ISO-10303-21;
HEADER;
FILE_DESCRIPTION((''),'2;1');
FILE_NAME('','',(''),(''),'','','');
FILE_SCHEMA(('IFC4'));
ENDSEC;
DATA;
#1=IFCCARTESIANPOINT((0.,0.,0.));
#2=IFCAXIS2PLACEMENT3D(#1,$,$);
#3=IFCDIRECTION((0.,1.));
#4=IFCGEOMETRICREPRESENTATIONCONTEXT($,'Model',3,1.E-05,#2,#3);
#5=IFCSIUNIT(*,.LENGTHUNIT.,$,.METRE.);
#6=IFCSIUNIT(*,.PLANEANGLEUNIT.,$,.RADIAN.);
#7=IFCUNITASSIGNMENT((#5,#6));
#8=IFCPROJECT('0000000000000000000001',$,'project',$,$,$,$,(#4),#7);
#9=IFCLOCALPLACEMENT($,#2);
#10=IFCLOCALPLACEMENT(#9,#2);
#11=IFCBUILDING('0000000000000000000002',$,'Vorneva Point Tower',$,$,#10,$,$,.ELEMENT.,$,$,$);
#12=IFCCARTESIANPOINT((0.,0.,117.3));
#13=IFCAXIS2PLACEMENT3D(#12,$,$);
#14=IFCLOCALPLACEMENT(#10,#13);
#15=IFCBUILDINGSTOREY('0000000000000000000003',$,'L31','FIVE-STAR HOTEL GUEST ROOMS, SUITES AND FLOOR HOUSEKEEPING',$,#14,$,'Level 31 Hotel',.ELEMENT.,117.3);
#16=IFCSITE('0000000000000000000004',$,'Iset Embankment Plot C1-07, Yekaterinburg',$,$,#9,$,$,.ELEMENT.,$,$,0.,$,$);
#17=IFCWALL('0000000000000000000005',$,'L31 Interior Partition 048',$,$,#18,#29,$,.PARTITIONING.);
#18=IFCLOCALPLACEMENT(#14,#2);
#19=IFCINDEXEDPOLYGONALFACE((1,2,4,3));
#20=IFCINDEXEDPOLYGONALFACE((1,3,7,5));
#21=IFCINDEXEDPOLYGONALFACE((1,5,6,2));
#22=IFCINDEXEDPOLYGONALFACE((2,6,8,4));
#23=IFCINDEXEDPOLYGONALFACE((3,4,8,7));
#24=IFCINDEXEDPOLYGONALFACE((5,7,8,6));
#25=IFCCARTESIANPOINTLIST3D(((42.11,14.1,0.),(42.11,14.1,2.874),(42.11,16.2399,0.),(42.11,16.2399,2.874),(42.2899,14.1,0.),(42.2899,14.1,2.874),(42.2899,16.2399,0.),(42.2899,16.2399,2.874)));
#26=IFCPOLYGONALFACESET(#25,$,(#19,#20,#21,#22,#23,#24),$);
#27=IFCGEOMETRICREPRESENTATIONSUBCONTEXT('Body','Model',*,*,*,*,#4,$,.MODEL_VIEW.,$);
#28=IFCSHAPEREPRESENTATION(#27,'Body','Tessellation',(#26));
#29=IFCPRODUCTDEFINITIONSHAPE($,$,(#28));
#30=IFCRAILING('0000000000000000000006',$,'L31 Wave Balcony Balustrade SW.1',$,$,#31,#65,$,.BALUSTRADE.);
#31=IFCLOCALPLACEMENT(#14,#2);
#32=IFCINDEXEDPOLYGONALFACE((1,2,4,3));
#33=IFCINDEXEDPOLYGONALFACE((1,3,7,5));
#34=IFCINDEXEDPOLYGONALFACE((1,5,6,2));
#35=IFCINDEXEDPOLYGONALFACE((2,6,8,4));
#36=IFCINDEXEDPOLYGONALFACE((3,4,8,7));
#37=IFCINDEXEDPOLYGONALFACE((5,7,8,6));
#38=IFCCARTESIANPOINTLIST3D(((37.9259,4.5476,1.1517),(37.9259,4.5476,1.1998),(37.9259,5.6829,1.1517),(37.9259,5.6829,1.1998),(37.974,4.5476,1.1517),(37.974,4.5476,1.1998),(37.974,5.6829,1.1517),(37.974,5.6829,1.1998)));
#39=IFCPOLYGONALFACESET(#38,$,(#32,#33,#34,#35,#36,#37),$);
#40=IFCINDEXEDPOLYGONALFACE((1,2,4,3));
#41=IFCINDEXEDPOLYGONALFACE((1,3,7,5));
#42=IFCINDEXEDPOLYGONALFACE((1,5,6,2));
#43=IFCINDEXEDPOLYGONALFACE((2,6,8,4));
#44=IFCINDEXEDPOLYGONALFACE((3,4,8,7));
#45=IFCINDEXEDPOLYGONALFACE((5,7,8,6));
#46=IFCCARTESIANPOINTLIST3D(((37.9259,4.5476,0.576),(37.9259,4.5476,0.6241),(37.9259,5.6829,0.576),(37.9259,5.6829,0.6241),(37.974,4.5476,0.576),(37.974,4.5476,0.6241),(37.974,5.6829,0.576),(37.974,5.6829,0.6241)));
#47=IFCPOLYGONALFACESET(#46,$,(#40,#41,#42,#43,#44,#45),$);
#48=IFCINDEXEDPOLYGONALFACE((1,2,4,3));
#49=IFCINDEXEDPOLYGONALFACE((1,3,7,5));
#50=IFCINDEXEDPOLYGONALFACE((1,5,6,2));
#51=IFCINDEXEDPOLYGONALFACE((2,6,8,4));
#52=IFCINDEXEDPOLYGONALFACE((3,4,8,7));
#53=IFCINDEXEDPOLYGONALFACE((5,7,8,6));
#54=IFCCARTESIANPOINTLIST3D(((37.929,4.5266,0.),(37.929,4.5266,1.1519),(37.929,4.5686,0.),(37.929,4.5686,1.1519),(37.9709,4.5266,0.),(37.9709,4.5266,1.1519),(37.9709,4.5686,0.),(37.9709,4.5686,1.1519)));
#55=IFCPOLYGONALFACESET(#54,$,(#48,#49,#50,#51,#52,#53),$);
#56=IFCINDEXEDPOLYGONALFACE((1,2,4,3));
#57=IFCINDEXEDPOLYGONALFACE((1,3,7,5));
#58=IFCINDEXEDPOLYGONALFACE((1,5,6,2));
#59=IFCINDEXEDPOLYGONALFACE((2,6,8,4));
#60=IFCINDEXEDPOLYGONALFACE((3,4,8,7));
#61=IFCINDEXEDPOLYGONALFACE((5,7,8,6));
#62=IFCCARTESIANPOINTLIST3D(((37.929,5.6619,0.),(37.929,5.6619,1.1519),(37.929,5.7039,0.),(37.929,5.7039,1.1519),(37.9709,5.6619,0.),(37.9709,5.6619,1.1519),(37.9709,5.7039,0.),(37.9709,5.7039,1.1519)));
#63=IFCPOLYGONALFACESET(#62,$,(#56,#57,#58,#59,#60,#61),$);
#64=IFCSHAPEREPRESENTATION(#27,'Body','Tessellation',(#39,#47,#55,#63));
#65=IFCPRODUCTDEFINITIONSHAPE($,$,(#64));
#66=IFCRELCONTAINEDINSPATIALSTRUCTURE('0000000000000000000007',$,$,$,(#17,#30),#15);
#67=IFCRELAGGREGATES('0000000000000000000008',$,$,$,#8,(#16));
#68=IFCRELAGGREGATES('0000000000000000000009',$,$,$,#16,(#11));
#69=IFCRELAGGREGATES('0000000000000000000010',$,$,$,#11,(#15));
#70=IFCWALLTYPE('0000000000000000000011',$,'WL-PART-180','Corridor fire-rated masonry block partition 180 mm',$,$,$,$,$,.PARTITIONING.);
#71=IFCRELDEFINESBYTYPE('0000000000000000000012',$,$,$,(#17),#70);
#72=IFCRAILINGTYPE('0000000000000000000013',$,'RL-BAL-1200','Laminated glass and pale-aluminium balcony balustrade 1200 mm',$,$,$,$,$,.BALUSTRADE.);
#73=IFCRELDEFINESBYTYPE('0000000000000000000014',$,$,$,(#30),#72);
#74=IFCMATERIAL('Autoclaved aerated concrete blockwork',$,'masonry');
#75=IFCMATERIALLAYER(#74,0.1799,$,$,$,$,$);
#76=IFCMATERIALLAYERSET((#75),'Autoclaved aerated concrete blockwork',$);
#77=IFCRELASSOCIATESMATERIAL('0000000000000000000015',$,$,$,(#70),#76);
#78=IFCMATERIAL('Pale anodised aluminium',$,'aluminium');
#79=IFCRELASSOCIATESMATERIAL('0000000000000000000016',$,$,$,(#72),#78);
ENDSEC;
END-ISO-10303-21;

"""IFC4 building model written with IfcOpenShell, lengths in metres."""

from ifc_helpers import new_model, si_unit, direction, frame, frame_2d, origin, origin_2d, place, context, subcontext, project, spatial, rectangle, extrude, material, layer, layer_set, type_object, element, save


model = new_model("IFC4")

# Units and contexts
model_context = context("Model", 3, precision=1e-05, world=origin(), true_north=direction((0.0, 1.0)))
body_context = subcontext(model_context, "Body", "Model", "MODEL_VIEW")
ifc_project = project(units=[si_unit("LENGTHUNIT", "METRE"), si_unit("PLANEANGLEUNIT", "RADIAN")], contexts=[model_context])

# Site, building, storey
site_placement = place(None, origin())
site = spatial("IfcSite", under=ifc_project, at=site_placement, Name="Iset Embankment Plot C1-07, Yekaterinburg", CompositionType="ELEMENT", RefElevation=0.0)
building_placement = place(site_placement, origin())
building = spatial("IfcBuilding", under=site, at=building_placement, Name="Vorneva Point Tower", CompositionType="ELEMENT")
storey_placement = place(building_placement, frame((0.0, 0.0, 117.3)))
storey = spatial("IfcBuildingStorey", under=building, at=storey_placement, Name="L31", Description="FIVE-STAR HOTEL GUEST ROOMS, SUITES AND FLOOR HOUSEKEEPING", LongName="Level 31 Hotel", CompositionType="ELEMENT", Elevation=117.3)

# Shared definitions
ifc_material_1 = material(Name="Pale anodised aluminium", Category="aluminium")

# Shared definitions
ifc_material_2 = material(Name="Autoclaved aerated concrete blockwork", Category="masonry")
ifc_layer_1 = layer(ifc_material_2, 0.1799)
ifc_layer_set_1 = layer_set([ifc_layer_1], Name="Autoclaved aerated concrete blockwork")
wall_type_1 = type_object("IfcWallType", Name="WL-PART-180", Description="Corridor fire-rated masonry block partition 180 mm", PredefinedType="PARTITIONING", material=ifc_layer_set_1)

# Wall
wall_1_placement = place(storey_placement, frame((42.2, 14.1001, 0.0), z_axis=(0.0, 0.0, 1.0), x_axis=(0.0, 1.0, 0.0)))
element("IfcWall", 1, at=wall_1_placement, inside=storey, type_object=wall_type_1, Name="L31 Interior Partition 048", PredefinedType="PARTITIONING", context=body_context, shape_type="SweptSolid", body=[
    extrude(rectangle(XDim=2.1399, YDim=0.1799, at=frame_2d((1.0698, 0.0))), origin(), (0.0, 0.0, 1.0), 2.874),
])

# Railing
railing_type = type_object("IfcRailingType", Name="RL-BAL-1200", Description="Laminated glass and pale-aluminium balcony balustrade 1200 mm", PredefinedType="BALUSTRADE", material=ifc_material_1)
railing_placement = place(storey_placement, frame((37.95, 4.5476, 0.0)))
element("IfcRailing", 2, at=railing_placement, inside=storey, type_object=railing_type, Name="L31 Wave Balcony Balustrade SW.1", PredefinedType="BALUSTRADE", context=body_context, shape_type="SweptSolid", body=[
    extrude(rectangle(XDim=0.0481, YDim=0.0481, at=origin_2d()), frame((0.0, 0.0, 1.1758), z_axis=(0.0, 1.0, 0.0), x_axis=(-1.0, 0.0, 0.0)), (0.0, 0.0, 1.0), 1.1353),
    extrude(rectangle(XDim=0.0481, YDim=0.0481, at=origin_2d()), frame((0.0, 0.0, 0.6001), z_axis=(0.0, 1.0, 0.0), x_axis=(-1.0, 0.0, 0.0)), (0.0, 0.0, 1.0), 1.1353),
    extrude(rectangle(XDim=0.042, YDim=0.042, at=origin_2d()), origin(), (0.0, 0.0, 1.0), 1.1519),
    extrude(rectangle(XDim=0.042, YDim=0.042, at=origin_2d()), frame((0.0, 1.1353, 0.0)), (0.0, 0.0, 1.0), 1.1519),
])

save(model, "model.ifc")
